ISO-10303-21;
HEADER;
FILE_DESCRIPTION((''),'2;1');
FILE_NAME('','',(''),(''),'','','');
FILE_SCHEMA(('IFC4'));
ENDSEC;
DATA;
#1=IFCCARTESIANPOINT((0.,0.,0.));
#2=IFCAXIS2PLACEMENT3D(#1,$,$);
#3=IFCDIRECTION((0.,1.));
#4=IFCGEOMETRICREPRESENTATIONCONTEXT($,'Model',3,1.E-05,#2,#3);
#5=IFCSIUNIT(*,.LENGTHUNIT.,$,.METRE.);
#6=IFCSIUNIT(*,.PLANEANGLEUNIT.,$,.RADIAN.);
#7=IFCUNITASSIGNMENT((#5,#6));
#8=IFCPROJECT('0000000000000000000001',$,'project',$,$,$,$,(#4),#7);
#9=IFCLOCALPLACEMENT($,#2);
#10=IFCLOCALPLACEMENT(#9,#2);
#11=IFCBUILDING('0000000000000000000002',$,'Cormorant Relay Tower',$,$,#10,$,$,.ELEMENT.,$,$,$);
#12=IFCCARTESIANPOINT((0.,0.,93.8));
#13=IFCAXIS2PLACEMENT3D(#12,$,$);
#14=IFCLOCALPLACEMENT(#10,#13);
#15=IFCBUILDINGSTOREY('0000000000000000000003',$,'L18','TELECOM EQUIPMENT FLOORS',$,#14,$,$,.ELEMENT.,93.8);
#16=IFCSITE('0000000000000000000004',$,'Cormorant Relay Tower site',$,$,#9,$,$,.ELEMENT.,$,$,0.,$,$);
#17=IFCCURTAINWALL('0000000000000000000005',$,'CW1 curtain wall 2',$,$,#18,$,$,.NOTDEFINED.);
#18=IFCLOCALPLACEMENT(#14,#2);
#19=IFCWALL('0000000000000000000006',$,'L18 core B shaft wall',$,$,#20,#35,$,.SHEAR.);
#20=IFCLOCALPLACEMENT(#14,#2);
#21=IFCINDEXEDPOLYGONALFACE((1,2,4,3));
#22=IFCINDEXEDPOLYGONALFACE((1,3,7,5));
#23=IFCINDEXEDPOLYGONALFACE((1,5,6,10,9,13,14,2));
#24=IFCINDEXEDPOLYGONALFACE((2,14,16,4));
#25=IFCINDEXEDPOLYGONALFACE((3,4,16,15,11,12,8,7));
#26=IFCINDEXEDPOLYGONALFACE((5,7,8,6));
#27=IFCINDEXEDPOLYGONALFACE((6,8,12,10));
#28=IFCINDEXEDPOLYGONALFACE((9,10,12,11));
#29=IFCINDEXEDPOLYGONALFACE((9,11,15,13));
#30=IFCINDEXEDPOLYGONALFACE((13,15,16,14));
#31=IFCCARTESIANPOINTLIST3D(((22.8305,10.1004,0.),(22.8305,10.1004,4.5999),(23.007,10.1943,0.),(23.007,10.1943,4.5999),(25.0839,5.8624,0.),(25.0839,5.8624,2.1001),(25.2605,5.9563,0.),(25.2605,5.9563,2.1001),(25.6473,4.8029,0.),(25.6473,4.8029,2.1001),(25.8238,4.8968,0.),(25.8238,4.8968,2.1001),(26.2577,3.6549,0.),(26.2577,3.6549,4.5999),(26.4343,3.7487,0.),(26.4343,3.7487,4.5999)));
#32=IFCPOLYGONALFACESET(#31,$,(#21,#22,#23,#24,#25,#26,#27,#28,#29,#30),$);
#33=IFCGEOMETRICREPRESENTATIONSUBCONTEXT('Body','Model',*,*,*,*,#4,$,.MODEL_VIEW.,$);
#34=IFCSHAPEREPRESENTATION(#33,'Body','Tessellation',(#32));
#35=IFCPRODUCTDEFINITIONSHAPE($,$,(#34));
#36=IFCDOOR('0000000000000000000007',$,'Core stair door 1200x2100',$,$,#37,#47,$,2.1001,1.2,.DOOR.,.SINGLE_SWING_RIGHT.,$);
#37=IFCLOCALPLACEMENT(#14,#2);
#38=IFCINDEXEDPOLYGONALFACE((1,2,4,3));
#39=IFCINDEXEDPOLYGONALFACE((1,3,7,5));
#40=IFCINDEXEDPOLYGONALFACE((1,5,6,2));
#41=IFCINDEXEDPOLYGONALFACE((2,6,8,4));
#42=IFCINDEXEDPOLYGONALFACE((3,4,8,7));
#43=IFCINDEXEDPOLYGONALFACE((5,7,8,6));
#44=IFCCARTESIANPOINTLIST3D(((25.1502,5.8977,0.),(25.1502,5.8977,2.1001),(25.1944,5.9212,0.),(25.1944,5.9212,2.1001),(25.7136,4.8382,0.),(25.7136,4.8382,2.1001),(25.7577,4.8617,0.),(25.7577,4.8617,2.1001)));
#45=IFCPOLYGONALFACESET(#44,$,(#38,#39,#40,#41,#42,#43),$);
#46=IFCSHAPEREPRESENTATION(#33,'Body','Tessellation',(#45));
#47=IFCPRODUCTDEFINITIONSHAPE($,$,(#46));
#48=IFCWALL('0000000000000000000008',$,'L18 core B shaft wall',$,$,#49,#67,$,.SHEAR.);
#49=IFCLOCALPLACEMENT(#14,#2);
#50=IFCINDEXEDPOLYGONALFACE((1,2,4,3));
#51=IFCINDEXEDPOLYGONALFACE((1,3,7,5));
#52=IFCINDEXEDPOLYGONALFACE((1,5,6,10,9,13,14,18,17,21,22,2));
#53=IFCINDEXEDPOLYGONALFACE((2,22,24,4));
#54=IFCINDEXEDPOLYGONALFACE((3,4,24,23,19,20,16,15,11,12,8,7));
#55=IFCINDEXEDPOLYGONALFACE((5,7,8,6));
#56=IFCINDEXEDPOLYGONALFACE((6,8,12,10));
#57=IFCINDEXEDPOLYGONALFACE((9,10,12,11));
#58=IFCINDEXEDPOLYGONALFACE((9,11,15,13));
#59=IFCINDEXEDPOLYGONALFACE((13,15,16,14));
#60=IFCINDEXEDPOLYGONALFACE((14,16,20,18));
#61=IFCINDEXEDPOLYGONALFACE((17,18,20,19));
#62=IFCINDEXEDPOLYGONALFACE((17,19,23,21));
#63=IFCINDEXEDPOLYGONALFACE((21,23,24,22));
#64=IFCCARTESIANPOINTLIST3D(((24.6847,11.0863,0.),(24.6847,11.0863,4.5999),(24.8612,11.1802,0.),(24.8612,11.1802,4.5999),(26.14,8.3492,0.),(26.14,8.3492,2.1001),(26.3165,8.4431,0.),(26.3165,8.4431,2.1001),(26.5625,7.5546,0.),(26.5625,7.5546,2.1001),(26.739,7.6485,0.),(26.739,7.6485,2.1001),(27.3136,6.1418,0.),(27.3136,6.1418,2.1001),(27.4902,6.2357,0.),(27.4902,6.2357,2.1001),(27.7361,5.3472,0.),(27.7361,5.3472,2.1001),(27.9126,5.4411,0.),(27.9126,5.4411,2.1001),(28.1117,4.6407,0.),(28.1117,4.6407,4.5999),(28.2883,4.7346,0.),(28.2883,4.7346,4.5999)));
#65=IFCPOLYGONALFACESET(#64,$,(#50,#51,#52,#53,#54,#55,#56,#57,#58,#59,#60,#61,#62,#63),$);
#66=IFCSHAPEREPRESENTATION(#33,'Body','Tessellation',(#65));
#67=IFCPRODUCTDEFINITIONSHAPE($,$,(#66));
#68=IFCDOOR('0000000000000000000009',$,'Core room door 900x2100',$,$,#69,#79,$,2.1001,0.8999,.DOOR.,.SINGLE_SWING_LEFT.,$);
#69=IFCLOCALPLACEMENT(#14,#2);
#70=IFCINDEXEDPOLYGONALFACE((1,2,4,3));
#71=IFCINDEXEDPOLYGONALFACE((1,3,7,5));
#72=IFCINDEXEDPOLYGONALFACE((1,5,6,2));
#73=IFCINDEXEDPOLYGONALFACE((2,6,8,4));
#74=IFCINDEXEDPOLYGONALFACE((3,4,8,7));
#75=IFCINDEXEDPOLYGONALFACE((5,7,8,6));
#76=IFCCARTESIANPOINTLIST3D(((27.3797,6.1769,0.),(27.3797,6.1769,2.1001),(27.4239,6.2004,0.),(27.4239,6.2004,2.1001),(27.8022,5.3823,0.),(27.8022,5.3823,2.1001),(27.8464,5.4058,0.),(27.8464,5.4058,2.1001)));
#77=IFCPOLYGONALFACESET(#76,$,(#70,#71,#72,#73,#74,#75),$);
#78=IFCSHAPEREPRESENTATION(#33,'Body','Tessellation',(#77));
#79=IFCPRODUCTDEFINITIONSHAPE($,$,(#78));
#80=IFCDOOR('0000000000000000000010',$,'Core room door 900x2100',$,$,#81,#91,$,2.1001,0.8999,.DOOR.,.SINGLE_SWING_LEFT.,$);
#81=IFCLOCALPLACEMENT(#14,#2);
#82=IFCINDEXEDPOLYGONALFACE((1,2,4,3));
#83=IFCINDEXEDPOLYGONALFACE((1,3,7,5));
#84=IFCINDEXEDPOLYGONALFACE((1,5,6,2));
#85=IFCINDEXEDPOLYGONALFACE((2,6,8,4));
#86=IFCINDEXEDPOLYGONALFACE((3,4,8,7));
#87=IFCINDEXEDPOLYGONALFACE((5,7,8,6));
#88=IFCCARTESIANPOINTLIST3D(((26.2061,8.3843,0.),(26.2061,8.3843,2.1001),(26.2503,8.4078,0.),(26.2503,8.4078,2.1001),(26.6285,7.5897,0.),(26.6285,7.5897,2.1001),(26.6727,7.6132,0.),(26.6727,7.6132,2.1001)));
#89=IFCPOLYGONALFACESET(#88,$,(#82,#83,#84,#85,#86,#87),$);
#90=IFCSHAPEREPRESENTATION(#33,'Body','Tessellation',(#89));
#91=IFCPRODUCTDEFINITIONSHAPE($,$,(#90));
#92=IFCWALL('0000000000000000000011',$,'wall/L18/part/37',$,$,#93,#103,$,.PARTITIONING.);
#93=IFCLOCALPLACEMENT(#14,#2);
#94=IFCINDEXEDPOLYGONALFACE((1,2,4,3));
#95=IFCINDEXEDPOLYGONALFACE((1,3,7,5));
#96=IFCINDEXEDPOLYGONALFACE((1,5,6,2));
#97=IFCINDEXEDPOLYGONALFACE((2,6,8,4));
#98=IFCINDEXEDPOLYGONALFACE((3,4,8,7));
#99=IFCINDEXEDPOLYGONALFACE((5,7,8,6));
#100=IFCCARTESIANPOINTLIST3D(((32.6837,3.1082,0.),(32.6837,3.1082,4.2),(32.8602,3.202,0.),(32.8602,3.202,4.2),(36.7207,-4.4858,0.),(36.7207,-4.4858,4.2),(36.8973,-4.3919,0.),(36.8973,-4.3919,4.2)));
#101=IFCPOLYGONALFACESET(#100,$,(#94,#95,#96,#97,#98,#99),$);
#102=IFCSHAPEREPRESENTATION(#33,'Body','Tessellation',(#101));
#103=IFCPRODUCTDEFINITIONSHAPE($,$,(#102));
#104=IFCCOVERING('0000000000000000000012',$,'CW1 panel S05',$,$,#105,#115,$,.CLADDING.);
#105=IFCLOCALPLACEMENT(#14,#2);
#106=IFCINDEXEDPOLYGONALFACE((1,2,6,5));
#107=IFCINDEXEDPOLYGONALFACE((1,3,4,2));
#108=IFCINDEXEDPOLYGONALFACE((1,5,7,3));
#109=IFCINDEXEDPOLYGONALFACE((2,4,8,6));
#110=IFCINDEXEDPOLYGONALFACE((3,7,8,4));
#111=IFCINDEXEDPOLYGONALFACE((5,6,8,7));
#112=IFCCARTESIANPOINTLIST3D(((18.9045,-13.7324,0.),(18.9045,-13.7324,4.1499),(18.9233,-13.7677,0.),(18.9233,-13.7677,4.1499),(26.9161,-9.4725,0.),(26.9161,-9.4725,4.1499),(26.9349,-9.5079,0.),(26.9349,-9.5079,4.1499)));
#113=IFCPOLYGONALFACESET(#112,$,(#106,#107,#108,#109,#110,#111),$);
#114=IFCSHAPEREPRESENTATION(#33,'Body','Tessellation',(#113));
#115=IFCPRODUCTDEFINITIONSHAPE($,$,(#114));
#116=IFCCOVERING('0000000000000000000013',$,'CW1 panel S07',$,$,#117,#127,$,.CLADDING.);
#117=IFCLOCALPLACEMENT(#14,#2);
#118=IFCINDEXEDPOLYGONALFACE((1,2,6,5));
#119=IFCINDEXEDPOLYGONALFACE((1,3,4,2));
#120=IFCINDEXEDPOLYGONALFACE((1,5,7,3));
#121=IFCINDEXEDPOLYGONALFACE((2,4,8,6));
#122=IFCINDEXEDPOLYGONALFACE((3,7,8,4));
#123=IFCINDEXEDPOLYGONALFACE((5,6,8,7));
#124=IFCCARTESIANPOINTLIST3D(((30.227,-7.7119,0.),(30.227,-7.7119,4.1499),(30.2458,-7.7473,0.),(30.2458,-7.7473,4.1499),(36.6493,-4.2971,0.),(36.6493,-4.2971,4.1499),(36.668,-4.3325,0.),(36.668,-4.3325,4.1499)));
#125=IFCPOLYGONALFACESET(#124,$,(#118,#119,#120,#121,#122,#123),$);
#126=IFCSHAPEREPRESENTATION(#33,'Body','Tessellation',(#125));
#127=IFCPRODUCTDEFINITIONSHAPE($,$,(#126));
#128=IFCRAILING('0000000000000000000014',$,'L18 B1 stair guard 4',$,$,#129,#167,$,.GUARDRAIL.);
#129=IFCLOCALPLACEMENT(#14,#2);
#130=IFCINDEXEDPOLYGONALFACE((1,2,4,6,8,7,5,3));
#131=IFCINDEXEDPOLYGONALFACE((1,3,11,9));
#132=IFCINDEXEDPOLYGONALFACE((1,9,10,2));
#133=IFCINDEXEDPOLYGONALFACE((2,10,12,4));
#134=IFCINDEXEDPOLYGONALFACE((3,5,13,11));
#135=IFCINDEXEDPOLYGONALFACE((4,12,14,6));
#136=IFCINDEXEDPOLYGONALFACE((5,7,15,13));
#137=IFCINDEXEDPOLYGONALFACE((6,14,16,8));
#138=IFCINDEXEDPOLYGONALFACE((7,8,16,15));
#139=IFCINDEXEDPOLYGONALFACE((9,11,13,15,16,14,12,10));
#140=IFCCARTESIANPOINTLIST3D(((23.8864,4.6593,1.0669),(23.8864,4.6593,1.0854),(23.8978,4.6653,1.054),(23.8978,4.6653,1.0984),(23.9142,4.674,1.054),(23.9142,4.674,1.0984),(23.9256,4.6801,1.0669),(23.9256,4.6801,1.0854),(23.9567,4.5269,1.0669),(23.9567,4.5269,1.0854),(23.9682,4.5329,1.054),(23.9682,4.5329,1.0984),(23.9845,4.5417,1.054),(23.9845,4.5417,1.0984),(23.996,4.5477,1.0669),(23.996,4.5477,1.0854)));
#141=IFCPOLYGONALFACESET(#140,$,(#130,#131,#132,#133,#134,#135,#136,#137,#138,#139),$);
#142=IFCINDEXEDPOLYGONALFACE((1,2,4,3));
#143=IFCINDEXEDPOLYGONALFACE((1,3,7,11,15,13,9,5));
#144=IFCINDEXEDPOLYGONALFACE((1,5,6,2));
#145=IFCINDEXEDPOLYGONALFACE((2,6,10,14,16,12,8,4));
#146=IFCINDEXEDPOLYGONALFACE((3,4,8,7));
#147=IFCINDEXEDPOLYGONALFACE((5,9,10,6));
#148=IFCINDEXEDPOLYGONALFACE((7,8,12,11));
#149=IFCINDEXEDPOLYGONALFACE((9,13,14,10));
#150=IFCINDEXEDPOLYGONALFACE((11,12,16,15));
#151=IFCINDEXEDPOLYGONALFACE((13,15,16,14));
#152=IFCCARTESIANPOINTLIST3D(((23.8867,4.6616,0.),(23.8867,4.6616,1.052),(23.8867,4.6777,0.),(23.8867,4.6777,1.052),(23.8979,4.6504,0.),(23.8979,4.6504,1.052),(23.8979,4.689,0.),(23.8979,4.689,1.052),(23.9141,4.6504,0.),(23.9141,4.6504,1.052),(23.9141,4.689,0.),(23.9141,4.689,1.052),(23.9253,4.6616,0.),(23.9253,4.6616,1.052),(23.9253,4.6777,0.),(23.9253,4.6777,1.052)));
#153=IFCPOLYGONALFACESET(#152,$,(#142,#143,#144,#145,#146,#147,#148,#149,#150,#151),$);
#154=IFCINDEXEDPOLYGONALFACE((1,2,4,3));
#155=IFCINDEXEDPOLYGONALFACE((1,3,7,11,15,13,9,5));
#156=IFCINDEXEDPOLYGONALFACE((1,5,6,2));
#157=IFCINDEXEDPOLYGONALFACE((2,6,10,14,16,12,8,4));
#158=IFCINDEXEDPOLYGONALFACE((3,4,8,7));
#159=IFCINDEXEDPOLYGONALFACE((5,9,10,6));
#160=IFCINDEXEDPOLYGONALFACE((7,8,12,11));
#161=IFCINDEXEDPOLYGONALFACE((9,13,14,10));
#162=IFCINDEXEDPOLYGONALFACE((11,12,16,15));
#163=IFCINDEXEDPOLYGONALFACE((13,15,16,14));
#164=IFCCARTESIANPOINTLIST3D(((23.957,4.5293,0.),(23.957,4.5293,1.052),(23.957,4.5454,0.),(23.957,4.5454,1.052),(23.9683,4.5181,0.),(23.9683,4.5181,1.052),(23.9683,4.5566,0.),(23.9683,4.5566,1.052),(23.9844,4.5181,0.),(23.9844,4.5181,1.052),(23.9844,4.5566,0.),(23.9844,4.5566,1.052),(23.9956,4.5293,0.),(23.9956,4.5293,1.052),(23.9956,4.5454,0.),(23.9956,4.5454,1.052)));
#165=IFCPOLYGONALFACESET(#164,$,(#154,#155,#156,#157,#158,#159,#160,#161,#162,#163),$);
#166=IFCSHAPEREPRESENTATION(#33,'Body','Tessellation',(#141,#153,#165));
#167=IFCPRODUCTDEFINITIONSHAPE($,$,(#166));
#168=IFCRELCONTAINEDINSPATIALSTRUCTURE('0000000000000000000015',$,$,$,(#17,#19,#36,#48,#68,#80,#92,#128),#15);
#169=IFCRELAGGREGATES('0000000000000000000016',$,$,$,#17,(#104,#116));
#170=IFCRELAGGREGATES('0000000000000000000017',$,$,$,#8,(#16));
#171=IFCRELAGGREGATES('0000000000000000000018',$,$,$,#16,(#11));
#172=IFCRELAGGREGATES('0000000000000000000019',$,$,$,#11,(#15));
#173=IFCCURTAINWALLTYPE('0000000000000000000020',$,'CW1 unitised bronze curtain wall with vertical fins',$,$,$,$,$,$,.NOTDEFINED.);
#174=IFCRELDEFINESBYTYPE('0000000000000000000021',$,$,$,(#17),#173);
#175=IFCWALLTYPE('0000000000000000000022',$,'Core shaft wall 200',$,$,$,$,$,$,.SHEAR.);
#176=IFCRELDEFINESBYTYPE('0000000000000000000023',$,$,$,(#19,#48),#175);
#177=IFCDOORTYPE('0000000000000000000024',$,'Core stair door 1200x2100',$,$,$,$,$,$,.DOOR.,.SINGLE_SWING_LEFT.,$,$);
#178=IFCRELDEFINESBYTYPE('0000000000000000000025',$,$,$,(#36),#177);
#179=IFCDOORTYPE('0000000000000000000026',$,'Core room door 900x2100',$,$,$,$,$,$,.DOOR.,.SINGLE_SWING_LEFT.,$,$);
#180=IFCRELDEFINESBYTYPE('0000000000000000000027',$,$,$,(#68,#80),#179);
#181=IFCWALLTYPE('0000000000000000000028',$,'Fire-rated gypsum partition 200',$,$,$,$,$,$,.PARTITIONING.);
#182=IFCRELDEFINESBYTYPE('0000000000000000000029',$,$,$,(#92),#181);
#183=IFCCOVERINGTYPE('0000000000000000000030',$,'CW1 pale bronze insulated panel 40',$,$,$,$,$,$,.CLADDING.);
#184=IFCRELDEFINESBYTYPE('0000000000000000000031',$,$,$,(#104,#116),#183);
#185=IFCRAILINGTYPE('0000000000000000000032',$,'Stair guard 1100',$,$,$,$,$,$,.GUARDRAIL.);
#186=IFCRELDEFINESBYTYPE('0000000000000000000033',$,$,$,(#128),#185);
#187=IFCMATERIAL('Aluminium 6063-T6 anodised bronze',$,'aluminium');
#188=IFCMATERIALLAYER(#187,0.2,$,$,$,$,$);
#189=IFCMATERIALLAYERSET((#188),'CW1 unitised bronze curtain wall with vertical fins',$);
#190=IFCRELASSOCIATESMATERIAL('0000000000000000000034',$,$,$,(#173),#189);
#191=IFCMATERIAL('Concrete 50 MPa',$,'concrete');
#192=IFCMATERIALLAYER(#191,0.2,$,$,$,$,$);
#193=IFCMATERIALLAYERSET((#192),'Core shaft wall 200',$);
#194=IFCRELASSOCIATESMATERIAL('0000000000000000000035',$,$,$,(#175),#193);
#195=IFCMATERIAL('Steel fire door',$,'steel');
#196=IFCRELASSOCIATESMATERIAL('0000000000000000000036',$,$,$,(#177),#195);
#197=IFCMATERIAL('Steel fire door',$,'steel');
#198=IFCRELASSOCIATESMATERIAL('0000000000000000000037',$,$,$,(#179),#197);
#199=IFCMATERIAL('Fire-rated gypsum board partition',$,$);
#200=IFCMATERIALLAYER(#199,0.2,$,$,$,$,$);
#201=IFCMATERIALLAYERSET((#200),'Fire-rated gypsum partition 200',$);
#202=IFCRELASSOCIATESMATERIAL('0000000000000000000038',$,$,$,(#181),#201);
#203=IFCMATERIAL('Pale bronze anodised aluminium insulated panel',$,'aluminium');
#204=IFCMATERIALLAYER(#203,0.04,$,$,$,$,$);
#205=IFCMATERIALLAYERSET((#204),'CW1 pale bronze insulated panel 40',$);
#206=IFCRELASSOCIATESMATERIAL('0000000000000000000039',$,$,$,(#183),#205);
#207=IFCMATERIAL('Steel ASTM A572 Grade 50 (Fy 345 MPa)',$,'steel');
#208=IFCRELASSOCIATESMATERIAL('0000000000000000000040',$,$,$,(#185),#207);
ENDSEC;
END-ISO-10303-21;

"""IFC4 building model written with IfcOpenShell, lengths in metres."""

from ifc_helpers import new_model, si_unit, direction, frame, frame_2d, origin, origin_2d, place, context, subcontext, project, spatial, polyline, rectangle, outline, extrude, material, layer, layer_set, type_object, element, fill, aggregate, save


model = new_model("IFC4")

# Units and contexts
model_context = context("Model", 3, precision=1e-05, world=origin(), true_north=direction((0.0, 1.0)))
body_context = subcontext(model_context, "Body", "Model", "MODEL_VIEW")
ifc_project = project(units=[si_unit("LENGTHUNIT", "METRE"), si_unit("PLANEANGLEUNIT", "RADIAN")], contexts=[model_context])

# Site, building, storey
site_placement = place(None, origin())
site = spatial("IfcSite", under=ifc_project, at=site_placement, Name="Cormorant Relay Tower site", CompositionType="ELEMENT", RefElevation=0.0)
building_placement = place(site_placement, origin())
building = spatial("IfcBuilding", under=site, at=building_placement, Name="Cormorant Relay Tower", CompositionType="ELEMENT")
storey_placement = place(building_placement, frame((0.0, 0.0, 93.8)))
storey = spatial("IfcBuildingStorey", under=building, at=storey_placement, Name="L18", Description="TELECOM EQUIPMENT FLOORS", CompositionType="ELEMENT", Elevation=93.8)

# Curtain wall
ifc_material_1 = material(Name="Aluminium 6063-T6 anodised bronze", Category="aluminium")
ifc_layer_1 = layer(ifc_material_1, 0.2)
ifc_layer_set_1 = layer_set([ifc_layer_1], Name="CW1 unitised bronze curtain wall with vertical fins")
curtain_wall_type = type_object("IfcCurtainWallType", Name="CW1 unitised bronze curtain wall with vertical fins", PredefinedType="NOTDEFINED", material=ifc_layer_set_1)
curtain_wall_placement = place(storey_placement, origin())
curtain_wall = element("IfcCurtainWall", 1, at=curtain_wall_placement, inside=storey, type_object=curtain_wall_type, Name="CW1 curtain wall 2", PredefinedType="NOTDEFINED")

# Wall, opening, door
ifc_material_2 = material(Name="Concrete 50 MPa", Category="concrete")
ifc_layer_2 = layer(ifc_material_2, 0.2)
ifc_layer_set_2 = layer_set([ifc_layer_2], Name="Core shaft wall 200")
wall_type_1 = type_object("IfcWallType", Name="Core shaft wall 200", PredefinedType="SHEAR", material=ifc_layer_set_2)
wall_1_placement = place(storey_placement, frame((26.3459, 3.7019, 0.0), z_axis=(0.0, 0.0, 1.0), x_axis=(-0.46948, 0.882943, 0.0)))
wall_1 = element("IfcWall", 2, at=wall_1_placement, inside=storey, type_object=wall_type_1, Name="L18 core B shaft wall", PredefinedType="SHEAR", context=body_context, shape_type="SweptSolid", body=[
    extrude(rectangle(XDim=7.3, YDim=0.2, at=frame_2d((3.6499, 0.0))), origin(), (0.0, 0.0, 1.0), 4.5999),
])
opening_1_placement = place(wall_1_placement, frame((1.3, 0.0, 0.0)))
opening_1 = element("IfcOpeningElement", 3, at=opening_1_placement, cuts=wall_1, PredefinedType="OPENING", context=body_context, shape_type="SweptSolid", body=[
    extrude(rectangle(XDim=1.2, YDim=2.1001, at=frame_2d((0.6001, 1.05))), frame((0.0, 0.1099, 0.0), z_axis=(0.0, -1.0, 0.0), x_axis=(1.0, 0.0, 0.0)), (0.0, 0.0, 1.0), 0.22),
])
ifc_material_3 = material(Name="Steel fire door", Category="steel")
door_type_1 = type_object("IfcDoorType", Name="Core stair door 1200x2100", OperationType="SINGLE_SWING_LEFT", PredefinedType="DOOR", material=ifc_material_3)
door_1_placement = place(opening_1_placement, origin())
door_1 = element("IfcDoor", 4, at=door_1_placement, inside=storey, type_object=door_type_1, Name="Core stair door 1200x2100", OperationType="SINGLE_SWING_RIGHT", OverallHeight=2.1001, OverallWidth=1.2, PredefinedType="DOOR", context=body_context, shape_type="SweptSolid", body=[
    extrude(rectangle(XDim=1.2, YDim=2.1001, at=frame_2d((0.6001, 1.05))), frame((0.0, 0.0249, 0.0), z_axis=(0.0, -1.0, 0.0), x_axis=(1.0, 0.0, 0.0)), (0.0, 0.0, 1.0), 0.05),
])
fill(opening_1, door_1)

# Wall, openings, doors
wall_2_placement = place(storey_placement, frame((28.2, 4.6877, 0.0), z_axis=(0.0, 0.0, 1.0), x_axis=(-0.469454, 0.882957, 0.0)))
wall_2 = element("IfcWall", 5, at=wall_2_placement, inside=storey, type_object=wall_type_1, Name="L18 core B shaft wall", PredefinedType="SHEAR", context=body_context, shape_type="SweptSolid", body=[
    extrude(rectangle(XDim=7.3, YDim=0.2, at=frame_2d((3.6499, 0.0))), origin(), (0.0, 0.0, 1.0), 4.5999),
])
opening_2_placement = place(wall_2_placement, frame((0.8, 0.0, 0.0)))
opening_2 = element("IfcOpeningElement", 6, at=opening_2_placement, cuts=wall_2, PredefinedType="OPENING", context=body_context, shape_type="SweptSolid", body=[
    extrude(rectangle(XDim=0.8999, YDim=2.1001, at=frame_2d((0.45, 1.05))), frame((0.0, 0.1099, 0.0), z_axis=(0.0, -1.0, 0.0), x_axis=(1.0, 0.0, 0.0)), (0.0, 0.0, 1.0), 0.22),
])
opening_3_placement = place(wall_2_placement, frame((3.3, 0.0, 0.0)))
opening_3 = element("IfcOpeningElement", 7, at=opening_3_placement, cuts=wall_2, PredefinedType="OPENING", context=body_context, shape_type="SweptSolid", body=[
    extrude(rectangle(XDim=0.8999, YDim=2.1001, at=frame_2d((0.45, 1.05))), frame((0.0, 0.1099, 0.0), z_axis=(0.0, -1.0, 0.0), x_axis=(1.0, 0.0, 0.0)), (0.0, 0.0, 1.0), 0.22),
])
ifc_material_4 = material(Name="Steel fire door", Category="steel")
door_type_2 = type_object("IfcDoorType", Name="Core room door 900x2100", OperationType="SINGLE_SWING_LEFT", PredefinedType="DOOR", material=ifc_material_4)
door_2_placement = place(opening_2_placement, frame((0.8999, 0.0, 0.0), z_axis=(0.0, 0.0, 1.0), x_axis=(-1.0, 0.0, 0.0)))
door_2 = element("IfcDoor", 8, at=door_2_placement, inside=storey, type_object=door_type_2, Name="Core room door 900x2100", OperationType="SINGLE_SWING_LEFT", OverallHeight=2.1001, OverallWidth=0.8999, PredefinedType="DOOR", context=body_context, shape_type="SweptSolid", body=[
    extrude(rectangle(XDim=0.8999, YDim=2.1001, at=frame_2d((0.45, 1.05))), frame((0.0, 0.0249, 0.0), z_axis=(0.0, -1.0, 0.0), x_axis=(1.0, 0.0, 0.0)), (0.0, 0.0, 1.0), 0.05),
])
fill(opening_2, door_2)
door_3_placement = place(opening_3_placement, frame((0.8999, 0.0, 0.0), z_axis=(0.0, 0.0, 1.0), x_axis=(-1.0, 0.0, 0.0)))
door_3 = element("IfcDoor", 9, at=door_3_placement, inside=storey, type_object=door_type_2, Name="Core room door 900x2100", OperationType="SINGLE_SWING_LEFT", OverallHeight=2.1001, OverallWidth=0.8999, PredefinedType="DOOR", context=body_context, shape_type="SweptSolid", body=[
    extrude(rectangle(XDim=0.8999, YDim=2.1001, at=frame_2d((0.45, 1.05))), frame((0.0, 0.0249, 0.0), z_axis=(0.0, -1.0, 0.0), x_axis=(1.0, 0.0, 0.0)), (0.0, 0.0, 1.0), 0.05),
])
fill(opening_3, door_3)

# Wall
ifc_material_5 = material(Name="Fire-rated gypsum board partition")
ifc_layer_3 = layer(ifc_material_5, 0.2)
ifc_layer_set_3 = layer_set([ifc_layer_3], Name="Fire-rated gypsum partition 200")
wall_type_2 = type_object("IfcWallType", Name="Fire-rated gypsum partition 200", PredefinedType="PARTITIONING", material=ifc_layer_set_3)
wall_3_placement = place(storey_placement, frame((36.8091, -4.439, 0.0), z_axis=(0.0, 0.0, 1.0), x_axis=(-0.469409, 0.882981, 0.0)))
element("IfcWall", 10, at=wall_3_placement, inside=storey, type_object=wall_type_2, Name="wall/L18/part/37", PredefinedType="PARTITIONING", context=body_context, shape_type="SweptSolid", body=[
    extrude(rectangle(XDim=8.6003, YDim=0.2, at=frame_2d((4.3003, 0.0))), origin(), (0.0, 0.0, 1.0), 4.2),
])

# Coverings
ifc_material_6 = material(Name="Pale bronze anodised aluminium insulated panel", Category="aluminium")
ifc_layer_4 = layer(ifc_material_6, 0.04)
ifc_layer_set_4 = layer_set([ifc_layer_4], Name="CW1 pale bronze insulated panel 40")
covering_type = type_object("IfcCoveringType", Name="CW1 pale bronze insulated panel 40", PredefinedType="CLADDING", material=ifc_layer_set_4)
covering_1_placement = place(storey_placement, frame((22.9197, -11.6201, 0.0), z_axis=(0.0, 0.0, 1.0), x_axis=(0.882948, 0.469472, 0.0)))
covering_1 = element("IfcCovering", 11, at=covering_1_placement, type_object=covering_type, Name="CW1 panel S05", PredefinedType="CLADDING", context=body_context, shape_type="SweptSolid", body=[
    extrude(rectangle(XDim=9.0737, YDim=0.04, at=origin_2d()), origin(), (0.0, 0.0, 1.0), 4.1499),
])
covering_2_placement = place(storey_placement, frame((33.4475, -6.0222, 0.0), z_axis=(0.0, 0.0, 1.0), x_axis=(0.882948, 0.469472, 0.0)))
covering_2 = element("IfcCovering", 12, at=covering_2_placement, type_object=covering_type, Name="CW1 panel S07", PredefinedType="CLADDING", context=body_context, shape_type="SweptSolid", body=[
    extrude(rectangle(XDim=7.2737, YDim=0.04, at=origin_2d()), origin(), (0.0, 0.0, 1.0), 4.1499),
])
aggregate(curtain_wall, [covering_1, covering_2])

# Railing
ifc_material_7 = material(Name="Steel ASTM A572 Grade 50 (Fy 345 MPa)", Category="steel")
railing_type = type_object("IfcRailingType", Name="Stair guard 1100", PredefinedType="GUARDRAIL", material=ifc_material_7)
railing_placement = place(storey_placement, frame((23.906, 4.6697, 0.0)))
element("IfcRailing", 13, at=railing_placement, inside=storey, type_object=railing_type, Name="L18 B1 stair guard 4", PredefinedType="GUARDRAIL", context=body_context, shape_type="SweptSolid", body=[
    extrude(outline(polyline([(0.0222, 0.0093), (0.0093, 0.0222), (-0.0093, 0.0222), (-0.0222, 0.0093), (-0.0222, -0.0093), (-0.0093, -0.0222), (0.0093, -0.0222), (0.0222, -0.0093), (0.0222, 0.0093)])), frame((0.0, 0.0, 1.0762), z_axis=(0.469235, -0.883074, 0.0), x_axis=(0.883074, 0.469235, 0.0)), (0.0, 0.0, 1.0), 0.1499),
    extrude(outline(polyline([(0.0193, 0.0081), (0.0081, 0.0193), (-0.0081, 0.0193), (-0.0193, 0.0081), (-0.0193, -0.0081), (-0.0081, -0.0193), (0.0081, -0.0193), (0.0193, -0.0081), (0.0193, 0.0081)])), origin(), (0.0, 0.0, 1.0), 1.052),
    extrude(outline(polyline([(0.0193, 0.0081), (0.0081, 0.0193), (-0.0081, 0.0193), (-0.0193, 0.0081), (-0.0193, -0.0081), (-0.0081, -0.0193), (0.0081, -0.0193), (0.0193, -0.0081), (0.0193, 0.0081)])), frame((0.0703, -0.1323, 0.0)), (0.0, 0.0, 1.0), 1.052),
])

save(model, "model.ifc")
